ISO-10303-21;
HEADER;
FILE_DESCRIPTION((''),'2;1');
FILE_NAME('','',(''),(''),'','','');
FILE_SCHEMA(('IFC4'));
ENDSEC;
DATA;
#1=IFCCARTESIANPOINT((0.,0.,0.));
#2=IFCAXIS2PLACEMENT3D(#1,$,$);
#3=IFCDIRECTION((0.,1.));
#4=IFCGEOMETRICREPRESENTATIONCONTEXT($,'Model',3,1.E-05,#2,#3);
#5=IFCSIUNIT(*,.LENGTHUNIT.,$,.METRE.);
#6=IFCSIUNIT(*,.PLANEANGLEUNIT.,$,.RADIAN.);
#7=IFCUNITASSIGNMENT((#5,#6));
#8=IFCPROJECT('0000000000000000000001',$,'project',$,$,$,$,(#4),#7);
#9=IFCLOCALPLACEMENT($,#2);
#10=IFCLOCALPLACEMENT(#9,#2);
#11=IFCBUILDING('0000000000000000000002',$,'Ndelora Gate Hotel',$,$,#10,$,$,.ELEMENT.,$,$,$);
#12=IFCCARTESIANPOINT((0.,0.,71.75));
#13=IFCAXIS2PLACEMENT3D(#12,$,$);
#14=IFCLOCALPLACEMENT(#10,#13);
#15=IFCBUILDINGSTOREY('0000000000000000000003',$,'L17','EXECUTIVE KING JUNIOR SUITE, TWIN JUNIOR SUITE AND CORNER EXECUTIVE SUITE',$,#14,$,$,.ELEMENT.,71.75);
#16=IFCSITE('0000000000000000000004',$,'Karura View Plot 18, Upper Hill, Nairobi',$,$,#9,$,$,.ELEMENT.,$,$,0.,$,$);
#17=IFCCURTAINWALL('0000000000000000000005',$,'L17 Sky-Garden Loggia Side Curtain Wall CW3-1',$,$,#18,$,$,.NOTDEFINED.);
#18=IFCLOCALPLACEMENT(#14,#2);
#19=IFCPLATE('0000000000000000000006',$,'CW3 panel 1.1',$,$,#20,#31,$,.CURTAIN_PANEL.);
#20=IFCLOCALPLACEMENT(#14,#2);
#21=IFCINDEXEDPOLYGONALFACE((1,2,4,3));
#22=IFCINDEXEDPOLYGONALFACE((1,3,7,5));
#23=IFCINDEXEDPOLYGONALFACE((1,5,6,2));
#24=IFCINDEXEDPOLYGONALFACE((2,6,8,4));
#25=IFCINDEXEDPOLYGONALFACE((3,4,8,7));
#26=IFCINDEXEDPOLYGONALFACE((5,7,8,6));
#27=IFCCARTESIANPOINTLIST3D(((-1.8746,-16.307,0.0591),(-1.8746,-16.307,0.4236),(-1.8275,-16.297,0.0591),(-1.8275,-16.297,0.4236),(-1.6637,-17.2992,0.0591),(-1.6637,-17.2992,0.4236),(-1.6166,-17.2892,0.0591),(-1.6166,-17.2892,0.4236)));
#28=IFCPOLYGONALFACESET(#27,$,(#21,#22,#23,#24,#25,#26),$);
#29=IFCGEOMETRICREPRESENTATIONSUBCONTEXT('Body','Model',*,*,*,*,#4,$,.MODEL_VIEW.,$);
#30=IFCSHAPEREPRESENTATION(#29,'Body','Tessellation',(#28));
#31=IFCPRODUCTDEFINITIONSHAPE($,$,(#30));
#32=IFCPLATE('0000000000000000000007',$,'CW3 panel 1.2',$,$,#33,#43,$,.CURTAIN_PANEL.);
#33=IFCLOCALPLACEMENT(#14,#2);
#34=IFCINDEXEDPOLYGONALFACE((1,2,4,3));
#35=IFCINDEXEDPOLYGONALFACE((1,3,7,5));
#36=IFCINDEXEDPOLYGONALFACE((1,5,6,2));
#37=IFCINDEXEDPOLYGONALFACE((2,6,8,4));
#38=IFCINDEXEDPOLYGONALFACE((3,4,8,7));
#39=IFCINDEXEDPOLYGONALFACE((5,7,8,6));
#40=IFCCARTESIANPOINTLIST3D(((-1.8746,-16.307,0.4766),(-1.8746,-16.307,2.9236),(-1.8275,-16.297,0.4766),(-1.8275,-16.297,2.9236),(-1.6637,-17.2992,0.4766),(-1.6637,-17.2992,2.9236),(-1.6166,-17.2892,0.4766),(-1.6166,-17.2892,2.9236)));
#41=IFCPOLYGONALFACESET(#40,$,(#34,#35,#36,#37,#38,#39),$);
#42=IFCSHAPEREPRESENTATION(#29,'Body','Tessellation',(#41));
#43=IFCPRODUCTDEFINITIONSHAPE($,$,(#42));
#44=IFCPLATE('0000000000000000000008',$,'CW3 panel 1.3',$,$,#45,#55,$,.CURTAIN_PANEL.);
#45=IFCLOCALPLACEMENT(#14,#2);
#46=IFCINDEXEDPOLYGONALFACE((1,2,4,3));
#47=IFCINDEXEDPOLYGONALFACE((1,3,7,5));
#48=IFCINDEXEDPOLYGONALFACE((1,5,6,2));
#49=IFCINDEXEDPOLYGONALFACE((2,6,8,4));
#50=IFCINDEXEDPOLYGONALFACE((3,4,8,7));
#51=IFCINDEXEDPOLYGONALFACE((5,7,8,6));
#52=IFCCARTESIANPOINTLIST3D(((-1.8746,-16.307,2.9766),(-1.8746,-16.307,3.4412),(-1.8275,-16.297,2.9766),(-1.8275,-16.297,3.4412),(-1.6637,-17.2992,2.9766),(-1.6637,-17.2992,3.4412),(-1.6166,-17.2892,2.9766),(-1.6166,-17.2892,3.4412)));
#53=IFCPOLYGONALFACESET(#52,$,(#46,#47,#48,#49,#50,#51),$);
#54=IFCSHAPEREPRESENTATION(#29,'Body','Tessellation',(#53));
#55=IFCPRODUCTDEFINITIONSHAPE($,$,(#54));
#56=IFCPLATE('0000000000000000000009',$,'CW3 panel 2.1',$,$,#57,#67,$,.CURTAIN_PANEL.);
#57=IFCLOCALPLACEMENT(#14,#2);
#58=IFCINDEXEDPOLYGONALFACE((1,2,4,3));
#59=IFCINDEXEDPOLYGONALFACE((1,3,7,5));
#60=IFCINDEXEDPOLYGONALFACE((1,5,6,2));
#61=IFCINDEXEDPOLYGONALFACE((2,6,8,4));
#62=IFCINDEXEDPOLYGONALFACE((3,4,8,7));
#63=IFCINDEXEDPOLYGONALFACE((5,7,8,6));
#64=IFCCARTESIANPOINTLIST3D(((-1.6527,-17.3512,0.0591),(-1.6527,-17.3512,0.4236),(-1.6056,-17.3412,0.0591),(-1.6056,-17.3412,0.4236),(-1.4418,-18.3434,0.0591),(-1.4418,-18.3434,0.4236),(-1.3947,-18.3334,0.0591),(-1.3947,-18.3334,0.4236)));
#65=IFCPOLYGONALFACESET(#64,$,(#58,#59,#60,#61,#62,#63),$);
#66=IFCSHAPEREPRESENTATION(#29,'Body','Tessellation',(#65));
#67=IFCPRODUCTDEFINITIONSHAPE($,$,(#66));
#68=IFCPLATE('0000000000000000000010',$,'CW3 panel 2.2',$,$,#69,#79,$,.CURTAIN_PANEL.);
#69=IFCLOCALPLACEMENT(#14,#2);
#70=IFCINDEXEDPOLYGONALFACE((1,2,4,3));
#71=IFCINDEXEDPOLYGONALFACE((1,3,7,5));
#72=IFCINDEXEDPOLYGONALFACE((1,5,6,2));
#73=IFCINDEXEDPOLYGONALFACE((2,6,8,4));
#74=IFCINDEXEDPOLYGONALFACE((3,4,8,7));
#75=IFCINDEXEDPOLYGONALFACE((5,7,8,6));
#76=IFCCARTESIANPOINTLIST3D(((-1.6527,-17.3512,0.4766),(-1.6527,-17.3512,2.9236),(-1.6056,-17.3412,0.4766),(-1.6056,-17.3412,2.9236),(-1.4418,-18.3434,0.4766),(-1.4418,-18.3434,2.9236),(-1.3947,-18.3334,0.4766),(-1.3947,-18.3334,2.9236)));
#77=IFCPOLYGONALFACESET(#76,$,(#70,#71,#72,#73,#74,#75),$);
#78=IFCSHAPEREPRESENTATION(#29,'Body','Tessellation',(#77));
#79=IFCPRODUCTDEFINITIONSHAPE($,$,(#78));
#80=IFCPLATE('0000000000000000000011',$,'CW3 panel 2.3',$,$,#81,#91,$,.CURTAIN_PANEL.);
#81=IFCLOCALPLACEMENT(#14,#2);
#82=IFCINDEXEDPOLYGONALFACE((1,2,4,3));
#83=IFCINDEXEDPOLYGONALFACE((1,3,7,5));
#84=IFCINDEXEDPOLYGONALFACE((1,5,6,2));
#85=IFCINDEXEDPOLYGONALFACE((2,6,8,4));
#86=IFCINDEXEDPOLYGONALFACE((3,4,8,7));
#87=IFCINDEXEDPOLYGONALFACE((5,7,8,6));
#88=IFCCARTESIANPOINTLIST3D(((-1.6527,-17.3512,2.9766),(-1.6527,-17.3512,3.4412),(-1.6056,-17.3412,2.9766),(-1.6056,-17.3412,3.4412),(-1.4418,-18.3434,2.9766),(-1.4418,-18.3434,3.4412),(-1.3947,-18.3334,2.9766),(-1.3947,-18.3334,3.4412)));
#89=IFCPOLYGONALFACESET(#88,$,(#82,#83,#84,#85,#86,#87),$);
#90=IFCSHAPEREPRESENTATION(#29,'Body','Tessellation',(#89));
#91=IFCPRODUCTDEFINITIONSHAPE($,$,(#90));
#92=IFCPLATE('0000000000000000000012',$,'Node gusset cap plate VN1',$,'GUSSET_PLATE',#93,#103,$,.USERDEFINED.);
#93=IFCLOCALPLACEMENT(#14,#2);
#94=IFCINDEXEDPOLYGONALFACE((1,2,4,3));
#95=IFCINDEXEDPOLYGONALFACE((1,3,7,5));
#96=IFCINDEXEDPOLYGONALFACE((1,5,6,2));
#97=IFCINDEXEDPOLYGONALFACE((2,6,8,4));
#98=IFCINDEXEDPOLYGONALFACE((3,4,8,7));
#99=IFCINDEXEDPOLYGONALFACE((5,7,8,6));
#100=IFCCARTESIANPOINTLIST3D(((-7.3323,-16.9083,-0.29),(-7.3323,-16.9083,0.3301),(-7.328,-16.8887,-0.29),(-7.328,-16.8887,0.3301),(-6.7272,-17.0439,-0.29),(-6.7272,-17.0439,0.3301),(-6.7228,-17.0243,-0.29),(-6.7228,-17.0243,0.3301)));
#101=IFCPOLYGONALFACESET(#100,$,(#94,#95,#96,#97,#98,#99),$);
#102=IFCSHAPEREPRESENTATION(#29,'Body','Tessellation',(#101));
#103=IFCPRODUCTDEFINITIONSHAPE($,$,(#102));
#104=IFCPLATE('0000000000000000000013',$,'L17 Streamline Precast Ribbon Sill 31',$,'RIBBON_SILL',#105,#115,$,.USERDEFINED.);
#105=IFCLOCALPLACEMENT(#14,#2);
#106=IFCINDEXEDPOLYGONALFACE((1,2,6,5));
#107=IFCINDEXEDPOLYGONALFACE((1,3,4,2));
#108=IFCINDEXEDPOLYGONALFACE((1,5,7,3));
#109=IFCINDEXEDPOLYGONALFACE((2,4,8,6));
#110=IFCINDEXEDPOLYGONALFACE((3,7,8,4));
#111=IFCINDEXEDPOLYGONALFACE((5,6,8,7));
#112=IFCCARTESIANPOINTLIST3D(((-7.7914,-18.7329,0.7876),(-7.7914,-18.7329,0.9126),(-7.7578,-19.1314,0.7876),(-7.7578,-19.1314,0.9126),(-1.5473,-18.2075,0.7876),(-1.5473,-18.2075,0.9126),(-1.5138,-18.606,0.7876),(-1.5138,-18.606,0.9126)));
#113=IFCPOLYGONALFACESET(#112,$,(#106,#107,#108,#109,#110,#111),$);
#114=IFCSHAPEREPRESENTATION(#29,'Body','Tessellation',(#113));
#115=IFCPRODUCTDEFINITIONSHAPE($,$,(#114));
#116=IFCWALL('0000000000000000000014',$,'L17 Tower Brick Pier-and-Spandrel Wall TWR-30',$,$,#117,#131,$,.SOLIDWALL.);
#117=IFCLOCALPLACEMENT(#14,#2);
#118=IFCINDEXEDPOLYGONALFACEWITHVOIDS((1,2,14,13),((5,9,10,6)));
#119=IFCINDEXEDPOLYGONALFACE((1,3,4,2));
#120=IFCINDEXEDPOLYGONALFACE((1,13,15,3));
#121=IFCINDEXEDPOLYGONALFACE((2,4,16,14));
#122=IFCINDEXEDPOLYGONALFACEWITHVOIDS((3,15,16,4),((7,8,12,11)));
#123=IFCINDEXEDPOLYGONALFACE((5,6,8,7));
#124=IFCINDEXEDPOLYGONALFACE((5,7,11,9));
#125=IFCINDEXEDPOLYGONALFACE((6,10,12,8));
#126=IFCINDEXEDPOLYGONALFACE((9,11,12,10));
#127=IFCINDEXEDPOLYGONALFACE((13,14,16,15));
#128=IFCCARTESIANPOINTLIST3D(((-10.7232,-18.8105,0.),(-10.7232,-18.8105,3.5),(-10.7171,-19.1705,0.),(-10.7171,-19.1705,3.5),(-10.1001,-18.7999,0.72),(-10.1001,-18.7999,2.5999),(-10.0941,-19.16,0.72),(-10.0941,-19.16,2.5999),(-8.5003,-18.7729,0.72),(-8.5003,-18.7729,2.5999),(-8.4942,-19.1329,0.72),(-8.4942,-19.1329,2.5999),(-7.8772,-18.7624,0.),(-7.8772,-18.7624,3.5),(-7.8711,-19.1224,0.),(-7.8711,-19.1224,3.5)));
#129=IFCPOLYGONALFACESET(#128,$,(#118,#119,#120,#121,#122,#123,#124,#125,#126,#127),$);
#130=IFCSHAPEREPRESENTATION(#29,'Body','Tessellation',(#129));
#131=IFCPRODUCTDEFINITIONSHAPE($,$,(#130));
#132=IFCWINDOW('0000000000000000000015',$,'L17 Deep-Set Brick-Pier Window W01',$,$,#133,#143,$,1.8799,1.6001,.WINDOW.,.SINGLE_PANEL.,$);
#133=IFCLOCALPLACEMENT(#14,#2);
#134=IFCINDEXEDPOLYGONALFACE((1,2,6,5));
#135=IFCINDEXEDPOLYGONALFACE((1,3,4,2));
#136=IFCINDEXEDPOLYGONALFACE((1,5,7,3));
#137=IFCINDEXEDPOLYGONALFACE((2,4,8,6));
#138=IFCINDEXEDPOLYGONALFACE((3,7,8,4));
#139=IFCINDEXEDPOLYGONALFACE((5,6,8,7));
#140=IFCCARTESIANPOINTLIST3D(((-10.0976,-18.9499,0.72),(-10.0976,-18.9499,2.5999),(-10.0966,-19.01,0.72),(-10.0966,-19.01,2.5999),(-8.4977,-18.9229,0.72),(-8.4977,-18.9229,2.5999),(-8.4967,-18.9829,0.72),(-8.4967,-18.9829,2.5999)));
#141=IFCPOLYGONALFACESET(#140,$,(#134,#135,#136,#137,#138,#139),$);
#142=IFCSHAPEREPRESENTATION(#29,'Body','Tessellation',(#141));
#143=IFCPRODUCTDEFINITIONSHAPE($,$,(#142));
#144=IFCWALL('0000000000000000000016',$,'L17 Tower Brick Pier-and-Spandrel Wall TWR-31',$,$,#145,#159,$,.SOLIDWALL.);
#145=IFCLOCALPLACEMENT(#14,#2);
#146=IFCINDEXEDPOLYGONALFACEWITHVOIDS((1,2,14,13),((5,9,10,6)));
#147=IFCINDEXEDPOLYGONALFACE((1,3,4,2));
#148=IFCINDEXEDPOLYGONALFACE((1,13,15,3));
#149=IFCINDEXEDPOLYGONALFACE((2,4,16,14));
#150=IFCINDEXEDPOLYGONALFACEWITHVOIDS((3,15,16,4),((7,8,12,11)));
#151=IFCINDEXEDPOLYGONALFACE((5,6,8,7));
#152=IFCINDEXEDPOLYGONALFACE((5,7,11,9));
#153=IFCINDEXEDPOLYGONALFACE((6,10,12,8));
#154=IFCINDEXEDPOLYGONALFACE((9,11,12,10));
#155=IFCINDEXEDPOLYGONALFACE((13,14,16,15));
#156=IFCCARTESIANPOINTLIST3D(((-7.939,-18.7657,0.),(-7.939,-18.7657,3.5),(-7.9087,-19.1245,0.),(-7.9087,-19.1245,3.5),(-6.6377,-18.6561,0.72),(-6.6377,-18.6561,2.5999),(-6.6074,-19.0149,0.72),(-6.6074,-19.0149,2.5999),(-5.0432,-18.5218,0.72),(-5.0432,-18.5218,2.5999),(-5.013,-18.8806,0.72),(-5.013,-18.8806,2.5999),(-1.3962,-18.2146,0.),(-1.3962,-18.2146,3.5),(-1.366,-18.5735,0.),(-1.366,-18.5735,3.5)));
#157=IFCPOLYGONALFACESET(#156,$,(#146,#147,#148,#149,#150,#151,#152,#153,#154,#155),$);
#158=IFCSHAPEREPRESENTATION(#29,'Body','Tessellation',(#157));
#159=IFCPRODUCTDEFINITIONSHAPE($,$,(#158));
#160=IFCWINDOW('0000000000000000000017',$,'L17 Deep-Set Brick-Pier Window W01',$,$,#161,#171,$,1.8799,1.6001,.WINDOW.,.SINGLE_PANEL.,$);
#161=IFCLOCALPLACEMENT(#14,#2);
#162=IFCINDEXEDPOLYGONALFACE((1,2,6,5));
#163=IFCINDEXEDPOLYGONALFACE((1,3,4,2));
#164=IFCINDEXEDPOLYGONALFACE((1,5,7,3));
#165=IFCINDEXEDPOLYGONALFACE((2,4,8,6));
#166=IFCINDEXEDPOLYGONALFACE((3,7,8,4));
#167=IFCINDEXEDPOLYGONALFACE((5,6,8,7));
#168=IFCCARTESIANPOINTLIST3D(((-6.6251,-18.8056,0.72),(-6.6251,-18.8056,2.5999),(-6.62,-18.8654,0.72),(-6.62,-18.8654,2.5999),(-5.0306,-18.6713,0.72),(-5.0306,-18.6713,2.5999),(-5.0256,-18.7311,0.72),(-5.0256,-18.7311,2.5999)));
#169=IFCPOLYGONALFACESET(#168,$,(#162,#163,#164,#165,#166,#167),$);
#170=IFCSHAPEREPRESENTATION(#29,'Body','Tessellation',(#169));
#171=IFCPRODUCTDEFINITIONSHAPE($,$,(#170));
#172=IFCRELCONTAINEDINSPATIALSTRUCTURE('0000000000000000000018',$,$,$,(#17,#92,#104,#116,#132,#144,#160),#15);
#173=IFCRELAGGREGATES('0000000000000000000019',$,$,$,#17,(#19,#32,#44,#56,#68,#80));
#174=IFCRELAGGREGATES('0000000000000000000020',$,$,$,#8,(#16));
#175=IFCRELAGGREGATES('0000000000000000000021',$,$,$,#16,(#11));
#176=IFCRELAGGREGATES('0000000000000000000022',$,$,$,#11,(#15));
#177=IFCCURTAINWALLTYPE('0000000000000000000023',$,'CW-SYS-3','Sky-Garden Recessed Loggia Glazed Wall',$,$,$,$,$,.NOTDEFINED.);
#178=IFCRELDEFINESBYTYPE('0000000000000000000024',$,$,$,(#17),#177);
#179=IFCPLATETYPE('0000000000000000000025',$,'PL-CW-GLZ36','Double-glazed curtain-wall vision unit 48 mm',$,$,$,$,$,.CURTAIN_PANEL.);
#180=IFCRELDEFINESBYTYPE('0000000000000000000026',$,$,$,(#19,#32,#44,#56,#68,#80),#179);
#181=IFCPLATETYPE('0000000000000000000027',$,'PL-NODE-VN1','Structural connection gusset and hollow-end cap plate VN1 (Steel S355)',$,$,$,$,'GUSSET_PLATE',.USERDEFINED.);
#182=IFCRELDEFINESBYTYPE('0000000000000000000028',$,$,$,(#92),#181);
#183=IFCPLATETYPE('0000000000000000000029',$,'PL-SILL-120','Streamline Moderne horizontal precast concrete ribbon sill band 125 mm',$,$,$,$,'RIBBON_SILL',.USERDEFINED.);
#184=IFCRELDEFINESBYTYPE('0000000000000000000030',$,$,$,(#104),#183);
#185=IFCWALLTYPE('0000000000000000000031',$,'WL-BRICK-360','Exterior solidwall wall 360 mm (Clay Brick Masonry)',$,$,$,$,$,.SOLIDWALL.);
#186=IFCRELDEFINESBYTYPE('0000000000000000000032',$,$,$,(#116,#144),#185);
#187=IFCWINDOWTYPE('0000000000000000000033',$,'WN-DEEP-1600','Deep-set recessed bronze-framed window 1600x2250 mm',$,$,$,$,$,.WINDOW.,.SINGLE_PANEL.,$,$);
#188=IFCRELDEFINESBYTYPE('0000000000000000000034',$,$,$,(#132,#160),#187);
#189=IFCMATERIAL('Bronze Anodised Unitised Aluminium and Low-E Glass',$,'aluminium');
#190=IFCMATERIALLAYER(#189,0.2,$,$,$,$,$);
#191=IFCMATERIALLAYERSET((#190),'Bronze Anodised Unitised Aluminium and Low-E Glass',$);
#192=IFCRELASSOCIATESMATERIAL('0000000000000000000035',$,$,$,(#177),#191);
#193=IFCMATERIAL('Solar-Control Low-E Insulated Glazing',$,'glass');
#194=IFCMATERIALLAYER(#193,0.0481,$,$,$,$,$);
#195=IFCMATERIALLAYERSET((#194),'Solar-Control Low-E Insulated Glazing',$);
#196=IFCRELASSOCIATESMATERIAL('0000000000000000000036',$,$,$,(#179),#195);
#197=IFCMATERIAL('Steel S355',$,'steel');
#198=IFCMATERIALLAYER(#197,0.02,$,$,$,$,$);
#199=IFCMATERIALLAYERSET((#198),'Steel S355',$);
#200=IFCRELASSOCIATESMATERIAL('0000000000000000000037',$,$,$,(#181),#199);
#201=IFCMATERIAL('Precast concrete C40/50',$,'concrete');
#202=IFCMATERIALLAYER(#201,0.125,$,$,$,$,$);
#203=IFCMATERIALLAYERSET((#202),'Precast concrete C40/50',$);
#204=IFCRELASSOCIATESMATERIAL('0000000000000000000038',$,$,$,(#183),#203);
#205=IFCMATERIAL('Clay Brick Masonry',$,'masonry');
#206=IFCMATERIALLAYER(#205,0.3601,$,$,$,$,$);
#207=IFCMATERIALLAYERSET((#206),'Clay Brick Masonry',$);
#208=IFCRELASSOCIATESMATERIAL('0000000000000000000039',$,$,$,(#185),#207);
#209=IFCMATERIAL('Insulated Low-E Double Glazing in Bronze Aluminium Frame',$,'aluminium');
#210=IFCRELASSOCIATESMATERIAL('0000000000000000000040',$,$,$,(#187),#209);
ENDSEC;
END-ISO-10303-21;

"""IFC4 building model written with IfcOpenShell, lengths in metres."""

from ifc_helpers import new_model, si_unit, direction, frame, frame_2d, origin, origin_2d, place, context, subcontext, project, spatial, rectangle, extrude, material, layer, layer_set, type_object, element, fill, aggregate, save


model = new_model("IFC4")

# Units and contexts
model_context = context("Model", 3, precision=1e-05, world=origin(), true_north=direction((0.0, 1.0)))
body_context = subcontext(model_context, "Body", "Model", "MODEL_VIEW")
ifc_project = project(units=[si_unit("LENGTHUNIT", "METRE"), si_unit("PLANEANGLEUNIT", "RADIAN")], contexts=[model_context])

# Site, building, storey
site_placement = place(None, origin())
site = spatial("IfcSite", under=ifc_project, at=site_placement, Name="Karura View Plot 18, Upper Hill, Nairobi", CompositionType="ELEMENT", RefElevation=0.0)
building_placement = place(site_placement, origin())
building = spatial("IfcBuilding", under=site, at=building_placement, Name="Ndelora Gate Hotel", CompositionType="ELEMENT")
storey_placement = place(building_placement, frame((0.0, 0.0, 71.75)))
storey = spatial("IfcBuildingStorey", under=building, at=storey_placement, Name="L17", Description="EXECUTIVE KING JUNIOR SUITE, TWIN JUNIOR SUITE AND CORNER EXECUTIVE SUITE", CompositionType="ELEMENT", Elevation=71.75)

# Shared definitions
ifc_material_1 = material(Name="Steel S355", Category="steel")

# Curtain wall
ifc_material_2 = material(Name="Bronze Anodised Unitised Aluminium and Low-E Glass", Category="aluminium")
ifc_layer_1 = layer(ifc_material_2, 0.2)
ifc_layer_set_1 = layer_set([ifc_layer_1], Name="Bronze Anodised Unitised Aluminium and Low-E Glass")
curtain_wall_type = type_object("IfcCurtainWallType", Name="CW-SYS-3", Description="Sky-Garden Recessed Loggia Glazed Wall", PredefinedType="NOTDEFINED", material=ifc_layer_set_1)
curtain_wall_placement = place(storey_placement, origin())
curtain_wall = element("IfcCurtainWall", 1, at=curtain_wall_placement, inside=storey, type_object=curtain_wall_type, Name="L17 Sky-Garden Loggia Side Curtain Wall CW3-1", PredefinedType="NOTDEFINED")

# Plates
ifc_material_3 = material(Name="Solar-Control Low-E Insulated Glazing", Category="glass")
ifc_layer_2 = layer(ifc_material_3, 0.0481)
ifc_layer_set_2 = layer_set([ifc_layer_2], Name="Solar-Control Low-E Insulated Glazing")
plate_type_1 = type_object("IfcPlateType", Name="PL-CW-GLZ36", Description="Double-glazed curtain-wall vision unit 48 mm", PredefinedType="CURTAIN_PANEL", material=ifc_layer_set_2)
plate_1_placement = place(storey_placement, frame((-1.7456, -16.7981, 0.0591), z_axis=(0.0, 0.0, 1.0), x_axis=(0.207911, -0.978148, 0.0)))
plate_1 = element("IfcPlate", 2, at=plate_1_placement, type_object=plate_type_1, Name="CW3 panel 1.1", PredefinedType="CURTAIN_PANEL", context=body_context, shape_type="SweptSolid", body=[
    extrude(rectangle(XDim=1.0144, YDim=0.0481, at=origin_2d()), origin(), (0.0, 0.0, 1.0), 0.3645),
])
plate_2_placement = place(storey_placement, frame((-1.7456, -16.7981, 0.4766), z_axis=(0.0, 0.0, 1.0), x_axis=(0.207911, -0.978148, 0.0)))
plate_2 = element("IfcPlate", 3, at=plate_2_placement, type_object=plate_type_1, Name="CW3 panel 1.2", PredefinedType="CURTAIN_PANEL", context=body_context, shape_type="SweptSolid", body=[
    extrude(rectangle(XDim=1.0144, YDim=0.0481, at=origin_2d()), origin(), (0.0, 0.0, 1.0), 2.447),
])
plate_3_placement = place(storey_placement, frame((-1.7456, -16.7981, 2.9766), z_axis=(0.0, 0.0, 1.0), x_axis=(0.207911, -0.978148, 0.0)))
plate_3 = element("IfcPlate", 4, at=plate_3_placement, type_object=plate_type_1, Name="CW3 panel 1.3", PredefinedType="CURTAIN_PANEL", context=body_context, shape_type="SweptSolid", body=[
    extrude(rectangle(XDim=1.0144, YDim=0.0481, at=origin_2d()), origin(), (0.0, 0.0, 1.0), 0.4646),
])
plate_4_placement = place(storey_placement, frame((-1.5237, -17.8423, 0.0591), z_axis=(0.0, 0.0, 1.0), x_axis=(0.207911, -0.978148, 0.0)))
plate_4 = element("IfcPlate", 5, at=plate_4_placement, type_object=plate_type_1, Name="CW3 panel 2.1", PredefinedType="CURTAIN_PANEL", context=body_context, shape_type="SweptSolid", body=[
    extrude(rectangle(XDim=1.0144, YDim=0.0481, at=origin_2d()), origin(), (0.0, 0.0, 1.0), 0.3645),
])
plate_5_placement = place(storey_placement, frame((-1.5237, -17.8423, 0.4766), z_axis=(0.0, 0.0, 1.0), x_axis=(0.207911, -0.978148, 0.0)))
plate_5 = element("IfcPlate", 6, at=plate_5_placement, type_object=plate_type_1, Name="CW3 panel 2.2", PredefinedType="CURTAIN_PANEL", context=body_context, shape_type="SweptSolid", body=[
    extrude(rectangle(XDim=1.0144, YDim=0.0481, at=origin_2d()), origin(), (0.0, 0.0, 1.0), 2.447),
])
plate_6_placement = place(storey_placement, frame((-1.5237, -17.8423, 2.9766), z_axis=(0.0, 0.0, 1.0), x_axis=(0.207911, -0.978148, 0.0)))
plate_6 = element("IfcPlate", 7, at=plate_6_placement, type_object=plate_type_1, Name="CW3 panel 2.3", PredefinedType="CURTAIN_PANEL", context=body_context, shape_type="SweptSolid", body=[
    extrude(rectangle(XDim=1.0144, YDim=0.0481, at=origin_2d()), origin(), (0.0, 0.0, 1.0), 0.4646),
])
aggregate(curtain_wall, [plate_1, plate_2, plate_3, plate_4, plate_5, plate_6])

# Plates
ifc_layer_3 = layer(ifc_material_1, 0.02)
ifc_layer_set_3 = layer_set([ifc_layer_3], Name="Steel S355")
plate_type_2 = type_object("IfcPlateType", Name="PL-NODE-VN1", Description="Structural connection gusset and hollow-end cap plate VN1 (Steel S355)", ElementType="GUSSET_PLATE", PredefinedType="USERDEFINED", material=ifc_layer_set_3)
plate_7_placement = place(storey_placement, frame((-7.0276, -16.9663, -0.29), z_axis=(0.0, 0.0, 1.0), x_axis=(-0.975802, 0.218654, 0.0)))
element("IfcPlate", 8, at=plate_7_placement, inside=storey, type_object=plate_type_2, Name="Node gusset cap plate VN1", ObjectType="GUSSET_PLATE", PredefinedType="USERDEFINED", context=body_context, shape_type="SweptSolid", body=[
    extrude(rectangle(XDim=0.6201, YDim=0.02, at=origin_2d()), origin(), (0.0, 0.0, 1.0), 0.6201),
])
ifc_material_4 = material(Name="Precast concrete C40/50", Category="concrete")
ifc_layer_4 = layer(ifc_material_4, 0.125)
ifc_layer_set_4 = layer_set([ifc_layer_4], Name="Precast concrete C40/50")
plate_type_3 = type_object("IfcPlateType", Name="PL-SILL-120", Description="Streamline Moderne horizontal precast concrete ribbon sill band 125 mm", ElementType="RIBBON_SILL", PredefinedType="USERDEFINED", material=ifc_layer_set_4)
plate_8_placement = place(storey_placement, frame((-4.6526, -18.6694, 0.7876), z_axis=(0.0, 0.0, 1.0), x_axis=(0.996478, 0.083852, 0.0)))
element("IfcPlate", 9, at=plate_8_placement, inside=storey, type_object=plate_type_3, Name="L17 Streamline Precast Ribbon Sill 31", ObjectType="RIBBON_SILL", PredefinedType="USERDEFINED", context=body_context, shape_type="SweptSolid", body=[
    extrude(rectangle(XDim=6.2661, YDim=0.3999, at=origin_2d()), origin(), (0.0, 0.0, 1.0), 0.125),
])

# Walls, openings, windows
ifc_material_5 = material(Name="Clay Brick Masonry", Category="masonry")
ifc_layer_5 = layer(ifc_material_5, 0.3601)
ifc_layer_set_5 = layer_set([ifc_layer_5], Name="Clay Brick Masonry")
wall_type = type_object("IfcWallType", Name="WL-BRICK-360", Description="Exterior solidwall wall 360 mm (Clay Brick Masonry)", PredefinedType="SOLIDWALL", material=ifc_layer_set_5)
wall_1_placement = place(storey_placement, frame((-7.874, -18.9424, 0.0), z_axis=(0.0, 0.0, 1.0), x_axis=(-0.999857, -0.016897, 0.0)))
wall_1 = element("IfcWall", 10, at=wall_1_placement, inside=storey, type_object=wall_type, Name="L17 Tower Brick Pier-and-Spandrel Wall TWR-30", PredefinedType="SOLIDWALL", context=body_context, shape_type="SweptSolid", body=[
    extrude(rectangle(XDim=2.8464, YDim=0.3601, at=frame_2d((1.4233, 0.0))), origin(), (0.0, 0.0, 1.0), 3.5),
])
opening_1_placement = place(wall_1_placement, frame((0.6233, 0.0, 0.72)))
opening_1 = element("IfcOpeningElement", 11, at=opening_1_placement, cuts=wall_1, PredefinedType="OPENING", context=body_context, shape_type="SweptSolid", body=[
    extrude(rectangle(XDim=1.6001, YDim=1.8799, at=frame_2d((0.8, 0.9399))), frame((0.0, 0.1899, 0.0), z_axis=(0.0, -1.0, 0.0), x_axis=(1.0, 0.0, 0.0)), (0.0, 0.0, 1.0), 0.3801),
])
ifc_material_6 = material(Name="Insulated Low-E Double Glazing in Bronze Aluminium Frame", Category="aluminium")
window_type = type_object("IfcWindowType", Name="WN-DEEP-1600", Description="Deep-set recessed bronze-framed window 1600x2250 mm", PartitioningType="SINGLE_PANEL", PredefinedType="WINDOW", material=ifc_material_6)
window_1_placement = place(opening_1_placement, origin())
window_1 = element("IfcWindow", 12, at=window_1_placement, inside=storey, type_object=window_type, Name="L17 Deep-Set Brick-Pier Window W01", OverallHeight=1.8799, OverallWidth=1.6001, PartitioningType="SINGLE_PANEL", PredefinedType="WINDOW", context=body_context, shape_type="SweptSolid", body=[
    extrude(rectangle(XDim=1.6001, YDim=1.8799, at=frame_2d((0.8, 0.9399))), frame((0.0, 0.03, 0.0), z_axis=(0.0, -1.0, 0.0), x_axis=(1.0, 0.0, 0.0)), (0.0, 0.0, 1.0), 0.0601),
])
fill(opening_1, window_1)
wall_2_placement = place(storey_placement, frame((-1.3811, -18.394, 0.0), z_axis=(0.0, 0.0, 1.0), x_axis=(-0.996472, -0.083922, 0.0)))
wall_2 = element("IfcWall", 13, at=wall_2_placement, inside=storey, type_object=wall_type, Name="L17 Tower Brick Pier-and-Spandrel Wall TWR-31", PredefinedType="SOLIDWALL", context=body_context, shape_type="SweptSolid", body=[
    extrude(rectangle(XDim=6.5659, YDim=0.3601, at=frame_2d((3.283, 0.0))), origin(), (0.0, 0.0, 1.0), 3.5),
])
opening_2_placement = place(wall_2_placement, frame((3.6599, 0.0, 0.72)))
opening_2 = element("IfcOpeningElement", 14, at=opening_2_placement, cuts=wall_2, PredefinedType="OPENING", context=body_context, shape_type="SweptSolid", body=[
    extrude(rectangle(XDim=1.6001, YDim=1.8799, at=frame_2d((0.8, 0.9399))), frame((0.0, 0.1899, 0.0), z_axis=(0.0, -1.0, 0.0), x_axis=(1.0, 0.0, 0.0)), (0.0, 0.0, 1.0), 0.3801),
])
window_2_placement = place(opening_2_placement, origin())
window_2 = element("IfcWindow", 15, at=window_2_placement, inside=storey, type_object=window_type, Name="L17 Deep-Set Brick-Pier Window W01", OverallHeight=1.8799, OverallWidth=1.6001, PartitioningType="SINGLE_PANEL", PredefinedType="WINDOW", context=body_context, shape_type="SweptSolid", body=[
    extrude(rectangle(XDim=1.6001, YDim=1.8799, at=frame_2d((0.8, 0.9399))), frame((0.0, 0.03, 0.0), z_axis=(0.0, -1.0, 0.0), x_axis=(1.0, 0.0, 0.0)), (0.0, 0.0, 1.0), 0.0601),
])
fill(opening_2, window_2)

save(model, "model.ifc")
